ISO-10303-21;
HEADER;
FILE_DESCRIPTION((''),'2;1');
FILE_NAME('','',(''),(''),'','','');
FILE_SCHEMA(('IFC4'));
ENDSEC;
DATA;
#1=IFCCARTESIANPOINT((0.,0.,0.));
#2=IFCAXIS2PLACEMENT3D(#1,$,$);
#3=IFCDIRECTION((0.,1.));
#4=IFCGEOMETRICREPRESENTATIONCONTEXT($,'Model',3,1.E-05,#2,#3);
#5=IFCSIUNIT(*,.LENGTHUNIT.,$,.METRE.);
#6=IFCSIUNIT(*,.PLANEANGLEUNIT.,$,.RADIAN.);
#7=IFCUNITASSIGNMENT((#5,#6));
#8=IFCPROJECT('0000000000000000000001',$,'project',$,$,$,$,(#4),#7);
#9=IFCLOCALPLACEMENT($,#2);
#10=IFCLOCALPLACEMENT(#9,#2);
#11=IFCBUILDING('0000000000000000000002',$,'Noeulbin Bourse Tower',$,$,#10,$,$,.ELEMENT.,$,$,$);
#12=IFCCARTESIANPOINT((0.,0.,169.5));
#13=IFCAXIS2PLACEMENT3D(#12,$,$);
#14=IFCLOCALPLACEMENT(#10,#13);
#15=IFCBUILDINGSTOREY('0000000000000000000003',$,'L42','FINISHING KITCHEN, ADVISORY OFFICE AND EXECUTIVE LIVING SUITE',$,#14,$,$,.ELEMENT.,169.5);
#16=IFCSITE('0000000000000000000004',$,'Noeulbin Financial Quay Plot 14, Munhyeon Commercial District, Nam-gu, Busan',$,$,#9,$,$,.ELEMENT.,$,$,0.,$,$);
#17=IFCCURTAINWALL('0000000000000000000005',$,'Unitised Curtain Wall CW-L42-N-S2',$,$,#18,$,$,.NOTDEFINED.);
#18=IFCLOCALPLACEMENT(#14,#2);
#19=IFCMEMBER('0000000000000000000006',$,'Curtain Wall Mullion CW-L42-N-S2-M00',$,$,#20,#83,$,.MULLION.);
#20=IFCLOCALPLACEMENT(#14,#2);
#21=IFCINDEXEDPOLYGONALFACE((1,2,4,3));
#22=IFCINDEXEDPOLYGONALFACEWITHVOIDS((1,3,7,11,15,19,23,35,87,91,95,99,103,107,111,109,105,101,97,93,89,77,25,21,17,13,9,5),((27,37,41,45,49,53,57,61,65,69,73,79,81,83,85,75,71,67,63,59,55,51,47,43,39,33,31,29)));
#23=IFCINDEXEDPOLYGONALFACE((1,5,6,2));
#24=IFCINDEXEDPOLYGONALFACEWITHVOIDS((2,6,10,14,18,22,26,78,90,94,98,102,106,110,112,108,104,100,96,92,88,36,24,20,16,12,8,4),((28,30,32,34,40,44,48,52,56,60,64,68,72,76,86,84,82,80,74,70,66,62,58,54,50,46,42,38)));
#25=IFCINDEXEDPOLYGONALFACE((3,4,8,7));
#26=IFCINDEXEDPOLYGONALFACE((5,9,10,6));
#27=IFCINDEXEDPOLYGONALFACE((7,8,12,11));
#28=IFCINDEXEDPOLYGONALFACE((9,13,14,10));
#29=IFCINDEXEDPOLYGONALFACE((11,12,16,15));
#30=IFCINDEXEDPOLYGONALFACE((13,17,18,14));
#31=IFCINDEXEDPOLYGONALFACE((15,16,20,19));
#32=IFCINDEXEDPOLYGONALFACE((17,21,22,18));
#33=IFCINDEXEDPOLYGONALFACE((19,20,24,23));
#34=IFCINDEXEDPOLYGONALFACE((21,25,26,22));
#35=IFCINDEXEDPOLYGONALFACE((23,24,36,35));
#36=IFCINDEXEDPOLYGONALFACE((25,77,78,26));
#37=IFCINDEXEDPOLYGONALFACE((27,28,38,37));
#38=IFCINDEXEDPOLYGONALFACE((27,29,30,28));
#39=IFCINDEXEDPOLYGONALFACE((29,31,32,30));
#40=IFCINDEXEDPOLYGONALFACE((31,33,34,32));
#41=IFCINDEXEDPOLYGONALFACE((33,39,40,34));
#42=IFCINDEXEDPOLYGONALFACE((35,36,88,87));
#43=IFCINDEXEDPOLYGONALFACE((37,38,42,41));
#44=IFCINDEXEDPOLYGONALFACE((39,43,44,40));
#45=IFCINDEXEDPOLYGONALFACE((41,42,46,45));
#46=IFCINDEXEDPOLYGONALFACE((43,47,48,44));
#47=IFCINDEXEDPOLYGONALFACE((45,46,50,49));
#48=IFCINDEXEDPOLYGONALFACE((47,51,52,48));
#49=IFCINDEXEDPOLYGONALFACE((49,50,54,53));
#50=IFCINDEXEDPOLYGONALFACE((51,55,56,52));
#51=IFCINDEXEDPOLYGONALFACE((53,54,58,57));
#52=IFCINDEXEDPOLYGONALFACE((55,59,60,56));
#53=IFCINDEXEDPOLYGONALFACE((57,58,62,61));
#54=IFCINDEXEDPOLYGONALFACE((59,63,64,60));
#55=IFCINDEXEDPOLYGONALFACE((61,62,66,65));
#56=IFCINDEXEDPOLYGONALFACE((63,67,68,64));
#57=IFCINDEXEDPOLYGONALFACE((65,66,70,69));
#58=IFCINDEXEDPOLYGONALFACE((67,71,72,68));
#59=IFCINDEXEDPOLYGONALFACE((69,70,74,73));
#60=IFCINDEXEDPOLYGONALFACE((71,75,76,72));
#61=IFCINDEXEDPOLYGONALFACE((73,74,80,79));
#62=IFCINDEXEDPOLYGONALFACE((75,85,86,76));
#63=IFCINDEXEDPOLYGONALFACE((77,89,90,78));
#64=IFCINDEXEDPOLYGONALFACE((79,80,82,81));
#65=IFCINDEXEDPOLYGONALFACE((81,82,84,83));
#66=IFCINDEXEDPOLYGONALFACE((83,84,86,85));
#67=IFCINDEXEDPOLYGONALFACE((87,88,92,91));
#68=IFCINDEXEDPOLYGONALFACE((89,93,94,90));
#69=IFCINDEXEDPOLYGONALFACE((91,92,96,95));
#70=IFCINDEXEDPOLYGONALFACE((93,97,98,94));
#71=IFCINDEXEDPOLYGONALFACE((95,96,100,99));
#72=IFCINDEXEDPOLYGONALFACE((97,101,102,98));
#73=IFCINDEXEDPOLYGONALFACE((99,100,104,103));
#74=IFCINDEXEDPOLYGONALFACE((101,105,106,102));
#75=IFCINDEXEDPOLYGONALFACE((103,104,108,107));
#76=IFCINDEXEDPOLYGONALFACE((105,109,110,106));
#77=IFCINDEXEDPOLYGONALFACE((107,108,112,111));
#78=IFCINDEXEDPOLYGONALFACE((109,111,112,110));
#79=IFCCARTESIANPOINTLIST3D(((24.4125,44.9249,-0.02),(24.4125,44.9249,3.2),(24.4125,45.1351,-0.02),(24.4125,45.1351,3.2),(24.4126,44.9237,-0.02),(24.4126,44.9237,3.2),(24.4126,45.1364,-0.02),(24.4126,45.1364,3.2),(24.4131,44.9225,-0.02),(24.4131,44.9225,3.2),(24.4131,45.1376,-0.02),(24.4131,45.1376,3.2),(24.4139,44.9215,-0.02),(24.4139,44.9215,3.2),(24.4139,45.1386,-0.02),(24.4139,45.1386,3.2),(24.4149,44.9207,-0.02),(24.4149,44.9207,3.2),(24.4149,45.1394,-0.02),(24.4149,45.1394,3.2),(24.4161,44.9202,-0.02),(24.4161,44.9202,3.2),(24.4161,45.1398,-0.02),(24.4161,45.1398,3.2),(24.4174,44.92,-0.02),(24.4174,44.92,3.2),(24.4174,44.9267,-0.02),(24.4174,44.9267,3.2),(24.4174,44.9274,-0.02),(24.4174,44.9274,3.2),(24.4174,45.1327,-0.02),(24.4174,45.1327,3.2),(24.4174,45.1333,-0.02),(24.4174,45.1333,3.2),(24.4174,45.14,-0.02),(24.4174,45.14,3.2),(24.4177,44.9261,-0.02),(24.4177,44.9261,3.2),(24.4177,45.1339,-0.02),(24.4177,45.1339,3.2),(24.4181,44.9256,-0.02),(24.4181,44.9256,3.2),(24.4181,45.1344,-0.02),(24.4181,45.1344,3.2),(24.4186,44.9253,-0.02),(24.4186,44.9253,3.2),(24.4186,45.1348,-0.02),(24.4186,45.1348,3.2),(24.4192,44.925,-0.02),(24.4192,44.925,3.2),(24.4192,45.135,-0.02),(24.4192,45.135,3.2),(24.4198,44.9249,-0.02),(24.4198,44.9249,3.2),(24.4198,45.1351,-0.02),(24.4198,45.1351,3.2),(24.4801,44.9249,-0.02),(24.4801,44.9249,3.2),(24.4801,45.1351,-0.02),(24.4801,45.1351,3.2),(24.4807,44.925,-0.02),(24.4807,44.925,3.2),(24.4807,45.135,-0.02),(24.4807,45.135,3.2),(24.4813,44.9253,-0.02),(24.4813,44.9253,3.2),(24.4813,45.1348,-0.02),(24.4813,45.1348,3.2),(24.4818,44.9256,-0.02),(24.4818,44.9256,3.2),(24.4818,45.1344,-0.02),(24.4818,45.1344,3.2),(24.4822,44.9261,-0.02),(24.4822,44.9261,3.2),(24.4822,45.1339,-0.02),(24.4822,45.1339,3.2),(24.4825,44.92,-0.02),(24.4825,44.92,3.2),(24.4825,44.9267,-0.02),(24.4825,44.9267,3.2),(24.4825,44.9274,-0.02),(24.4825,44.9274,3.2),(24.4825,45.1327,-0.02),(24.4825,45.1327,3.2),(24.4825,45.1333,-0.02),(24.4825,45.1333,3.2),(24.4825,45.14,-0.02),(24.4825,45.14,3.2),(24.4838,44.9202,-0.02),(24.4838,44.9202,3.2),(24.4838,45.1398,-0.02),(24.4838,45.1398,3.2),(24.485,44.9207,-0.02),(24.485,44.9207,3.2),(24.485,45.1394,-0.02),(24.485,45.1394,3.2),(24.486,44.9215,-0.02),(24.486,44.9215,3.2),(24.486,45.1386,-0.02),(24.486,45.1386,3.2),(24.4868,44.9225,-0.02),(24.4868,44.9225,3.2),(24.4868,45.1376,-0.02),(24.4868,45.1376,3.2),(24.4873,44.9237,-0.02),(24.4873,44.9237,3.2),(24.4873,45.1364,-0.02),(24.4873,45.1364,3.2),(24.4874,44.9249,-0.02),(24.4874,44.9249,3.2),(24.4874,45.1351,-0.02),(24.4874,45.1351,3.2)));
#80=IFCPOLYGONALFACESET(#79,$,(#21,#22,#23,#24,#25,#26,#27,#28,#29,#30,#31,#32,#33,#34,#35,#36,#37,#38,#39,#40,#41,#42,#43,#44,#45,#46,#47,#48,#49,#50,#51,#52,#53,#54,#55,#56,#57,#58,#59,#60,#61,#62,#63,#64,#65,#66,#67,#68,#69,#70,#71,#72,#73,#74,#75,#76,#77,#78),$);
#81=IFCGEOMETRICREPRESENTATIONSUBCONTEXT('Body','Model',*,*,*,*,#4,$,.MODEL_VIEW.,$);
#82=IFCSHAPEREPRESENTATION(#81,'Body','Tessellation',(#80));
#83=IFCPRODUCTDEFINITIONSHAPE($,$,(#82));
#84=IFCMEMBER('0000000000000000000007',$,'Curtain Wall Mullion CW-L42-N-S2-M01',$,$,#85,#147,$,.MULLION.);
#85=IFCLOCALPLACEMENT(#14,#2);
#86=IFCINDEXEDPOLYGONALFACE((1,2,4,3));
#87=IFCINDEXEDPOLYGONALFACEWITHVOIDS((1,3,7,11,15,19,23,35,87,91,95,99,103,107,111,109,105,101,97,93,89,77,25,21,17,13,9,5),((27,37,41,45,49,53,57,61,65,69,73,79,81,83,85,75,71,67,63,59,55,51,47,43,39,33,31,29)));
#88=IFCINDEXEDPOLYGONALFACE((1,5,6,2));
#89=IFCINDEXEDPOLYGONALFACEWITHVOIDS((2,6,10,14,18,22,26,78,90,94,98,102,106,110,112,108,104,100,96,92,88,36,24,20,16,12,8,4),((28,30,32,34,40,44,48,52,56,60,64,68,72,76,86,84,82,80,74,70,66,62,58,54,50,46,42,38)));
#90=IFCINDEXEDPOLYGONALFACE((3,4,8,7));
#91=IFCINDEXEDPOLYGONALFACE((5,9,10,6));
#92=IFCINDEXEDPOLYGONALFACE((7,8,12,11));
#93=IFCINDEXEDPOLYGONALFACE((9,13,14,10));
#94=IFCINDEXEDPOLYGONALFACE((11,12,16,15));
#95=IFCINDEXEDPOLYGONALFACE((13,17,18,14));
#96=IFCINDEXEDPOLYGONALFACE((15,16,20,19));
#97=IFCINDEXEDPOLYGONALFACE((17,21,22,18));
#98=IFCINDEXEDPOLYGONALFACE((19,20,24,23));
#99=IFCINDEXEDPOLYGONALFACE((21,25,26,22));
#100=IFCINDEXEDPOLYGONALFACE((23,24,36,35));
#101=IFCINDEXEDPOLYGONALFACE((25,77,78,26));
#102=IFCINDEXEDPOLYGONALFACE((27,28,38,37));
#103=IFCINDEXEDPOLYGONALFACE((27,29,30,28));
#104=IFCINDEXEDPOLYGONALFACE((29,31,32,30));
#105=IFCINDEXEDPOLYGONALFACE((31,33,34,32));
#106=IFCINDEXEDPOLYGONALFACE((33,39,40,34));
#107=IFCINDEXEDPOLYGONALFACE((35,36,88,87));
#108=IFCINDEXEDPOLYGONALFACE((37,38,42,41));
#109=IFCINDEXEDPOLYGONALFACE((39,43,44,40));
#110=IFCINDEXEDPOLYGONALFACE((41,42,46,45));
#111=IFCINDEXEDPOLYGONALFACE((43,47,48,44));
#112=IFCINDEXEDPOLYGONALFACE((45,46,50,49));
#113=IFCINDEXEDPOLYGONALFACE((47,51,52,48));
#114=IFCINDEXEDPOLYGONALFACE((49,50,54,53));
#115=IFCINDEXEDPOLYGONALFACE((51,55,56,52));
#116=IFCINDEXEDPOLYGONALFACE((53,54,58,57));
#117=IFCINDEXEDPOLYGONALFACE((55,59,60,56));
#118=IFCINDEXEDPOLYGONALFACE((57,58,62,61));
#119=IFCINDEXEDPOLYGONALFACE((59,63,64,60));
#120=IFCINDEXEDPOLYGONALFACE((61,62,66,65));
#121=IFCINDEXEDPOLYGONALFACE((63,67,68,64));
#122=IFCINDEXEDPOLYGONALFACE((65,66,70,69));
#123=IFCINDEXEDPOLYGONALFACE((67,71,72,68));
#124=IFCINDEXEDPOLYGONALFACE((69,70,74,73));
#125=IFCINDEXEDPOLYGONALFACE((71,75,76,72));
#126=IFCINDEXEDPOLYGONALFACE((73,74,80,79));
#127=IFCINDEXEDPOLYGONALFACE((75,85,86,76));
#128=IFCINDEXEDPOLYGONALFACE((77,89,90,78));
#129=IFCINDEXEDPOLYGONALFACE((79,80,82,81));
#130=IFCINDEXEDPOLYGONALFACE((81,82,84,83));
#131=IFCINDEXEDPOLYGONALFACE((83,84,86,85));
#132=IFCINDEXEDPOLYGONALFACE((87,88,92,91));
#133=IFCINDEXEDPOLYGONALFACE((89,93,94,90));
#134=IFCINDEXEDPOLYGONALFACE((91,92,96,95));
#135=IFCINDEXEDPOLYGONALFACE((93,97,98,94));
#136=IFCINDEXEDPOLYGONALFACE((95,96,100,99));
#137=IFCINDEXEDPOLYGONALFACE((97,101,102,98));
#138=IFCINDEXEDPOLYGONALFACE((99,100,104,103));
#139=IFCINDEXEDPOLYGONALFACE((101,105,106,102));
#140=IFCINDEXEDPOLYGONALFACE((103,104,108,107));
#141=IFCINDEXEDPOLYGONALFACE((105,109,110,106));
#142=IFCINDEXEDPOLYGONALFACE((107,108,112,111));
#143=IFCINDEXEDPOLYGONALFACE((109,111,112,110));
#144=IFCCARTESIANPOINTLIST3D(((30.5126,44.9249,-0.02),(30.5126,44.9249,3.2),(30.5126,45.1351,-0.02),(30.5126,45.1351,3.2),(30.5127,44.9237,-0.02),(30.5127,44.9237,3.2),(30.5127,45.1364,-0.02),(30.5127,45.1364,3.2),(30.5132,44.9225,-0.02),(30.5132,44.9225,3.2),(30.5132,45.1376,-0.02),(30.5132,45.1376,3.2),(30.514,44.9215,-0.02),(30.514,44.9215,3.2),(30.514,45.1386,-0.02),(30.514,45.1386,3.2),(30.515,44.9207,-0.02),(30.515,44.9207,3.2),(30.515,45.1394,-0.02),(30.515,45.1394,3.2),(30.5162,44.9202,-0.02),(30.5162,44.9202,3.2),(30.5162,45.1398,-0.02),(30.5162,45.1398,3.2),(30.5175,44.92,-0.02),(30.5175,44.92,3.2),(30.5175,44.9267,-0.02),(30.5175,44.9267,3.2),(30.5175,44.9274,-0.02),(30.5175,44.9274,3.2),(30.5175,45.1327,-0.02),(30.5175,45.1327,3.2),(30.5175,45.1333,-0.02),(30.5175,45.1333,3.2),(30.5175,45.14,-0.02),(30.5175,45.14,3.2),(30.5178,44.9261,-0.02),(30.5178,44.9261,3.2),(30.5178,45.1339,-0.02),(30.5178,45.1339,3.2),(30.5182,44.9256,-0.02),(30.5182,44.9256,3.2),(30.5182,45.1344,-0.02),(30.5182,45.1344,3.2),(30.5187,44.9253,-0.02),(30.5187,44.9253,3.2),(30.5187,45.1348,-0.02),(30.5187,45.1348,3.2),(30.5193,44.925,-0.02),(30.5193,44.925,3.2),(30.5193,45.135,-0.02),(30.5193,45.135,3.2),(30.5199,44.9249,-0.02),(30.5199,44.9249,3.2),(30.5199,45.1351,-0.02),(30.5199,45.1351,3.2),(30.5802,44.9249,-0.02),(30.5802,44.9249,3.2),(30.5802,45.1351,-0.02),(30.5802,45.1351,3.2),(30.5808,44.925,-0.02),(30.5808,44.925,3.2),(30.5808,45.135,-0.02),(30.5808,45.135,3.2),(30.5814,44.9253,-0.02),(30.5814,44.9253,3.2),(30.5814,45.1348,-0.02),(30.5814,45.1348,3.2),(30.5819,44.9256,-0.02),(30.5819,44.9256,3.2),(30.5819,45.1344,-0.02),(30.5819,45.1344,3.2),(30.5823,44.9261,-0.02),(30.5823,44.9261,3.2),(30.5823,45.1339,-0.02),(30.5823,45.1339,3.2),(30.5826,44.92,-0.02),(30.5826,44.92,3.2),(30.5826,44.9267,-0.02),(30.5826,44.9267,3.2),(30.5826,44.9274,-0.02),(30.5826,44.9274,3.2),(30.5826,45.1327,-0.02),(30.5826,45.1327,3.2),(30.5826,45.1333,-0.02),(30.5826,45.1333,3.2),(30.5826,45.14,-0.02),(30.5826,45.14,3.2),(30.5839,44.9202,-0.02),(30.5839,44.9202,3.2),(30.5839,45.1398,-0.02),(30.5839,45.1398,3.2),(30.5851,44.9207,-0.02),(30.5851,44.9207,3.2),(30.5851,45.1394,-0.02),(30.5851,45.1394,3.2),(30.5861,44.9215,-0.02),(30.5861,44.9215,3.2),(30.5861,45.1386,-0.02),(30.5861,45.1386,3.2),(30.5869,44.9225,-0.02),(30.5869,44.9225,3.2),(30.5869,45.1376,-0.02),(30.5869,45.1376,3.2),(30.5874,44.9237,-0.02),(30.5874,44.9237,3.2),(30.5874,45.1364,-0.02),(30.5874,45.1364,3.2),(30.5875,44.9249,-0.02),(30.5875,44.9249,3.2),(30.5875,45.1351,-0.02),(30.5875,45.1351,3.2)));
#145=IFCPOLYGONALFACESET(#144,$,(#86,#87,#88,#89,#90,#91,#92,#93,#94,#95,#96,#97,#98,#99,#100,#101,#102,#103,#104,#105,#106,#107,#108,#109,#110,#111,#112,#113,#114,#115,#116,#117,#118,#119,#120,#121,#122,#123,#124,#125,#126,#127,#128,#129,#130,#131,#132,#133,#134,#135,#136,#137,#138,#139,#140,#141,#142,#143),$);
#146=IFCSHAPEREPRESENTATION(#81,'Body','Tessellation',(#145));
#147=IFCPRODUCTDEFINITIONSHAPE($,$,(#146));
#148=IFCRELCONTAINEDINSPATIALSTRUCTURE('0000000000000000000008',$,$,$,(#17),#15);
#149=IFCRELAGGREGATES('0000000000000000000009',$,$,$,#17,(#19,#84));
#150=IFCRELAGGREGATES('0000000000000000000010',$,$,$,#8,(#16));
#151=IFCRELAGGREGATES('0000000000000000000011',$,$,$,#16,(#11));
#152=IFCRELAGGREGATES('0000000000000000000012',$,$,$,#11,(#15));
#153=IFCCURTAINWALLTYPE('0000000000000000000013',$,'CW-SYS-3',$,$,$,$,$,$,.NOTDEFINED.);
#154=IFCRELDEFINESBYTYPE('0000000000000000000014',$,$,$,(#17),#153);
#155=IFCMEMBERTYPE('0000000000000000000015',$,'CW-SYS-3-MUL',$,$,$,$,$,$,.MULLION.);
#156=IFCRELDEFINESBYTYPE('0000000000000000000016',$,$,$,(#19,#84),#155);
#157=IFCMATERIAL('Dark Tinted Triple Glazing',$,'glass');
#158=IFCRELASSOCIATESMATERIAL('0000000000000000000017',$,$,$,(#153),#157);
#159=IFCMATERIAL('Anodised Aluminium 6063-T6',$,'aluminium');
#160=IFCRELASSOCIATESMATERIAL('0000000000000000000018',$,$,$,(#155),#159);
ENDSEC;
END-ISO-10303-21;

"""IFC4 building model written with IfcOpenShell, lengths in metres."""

from ifc_helpers import new_model, si_unit, direction, frame, origin, origin_2d, place, context, subcontext, project, spatial, hollow_rectangle, extrude, material, material_profile, profile_set, type_object, element, aggregate, save


model = new_model("IFC4")

# Units and contexts
model_context = context("Model", 3, precision=1e-05, world=origin(), true_north=direction((0.0, 1.0)))
body_context = subcontext(model_context, "Body", "Model", "MODEL_VIEW")
ifc_project = project(units=[si_unit("LENGTHUNIT", "METRE"), si_unit("PLANEANGLEUNIT", "RADIAN")], contexts=[model_context])

# Site, building, storey
site_placement = place(None, origin())
site = spatial("IfcSite", under=ifc_project, at=site_placement, Name="Noeulbin Financial Quay Plot 14, Munhyeon Commercial District, Nam-gu, Busan", CompositionType="ELEMENT", RefElevation=0.0)
building_placement = place(site_placement, origin())
building = spatial("IfcBuilding", under=site, at=building_placement, Name="Noeulbin Bourse Tower", CompositionType="ELEMENT")
storey_placement = place(building_placement, frame((0.0, 0.0, 169.5)))
storey = spatial("IfcBuildingStorey", under=building, at=storey_placement, Name="L42", Description="FINISHING KITCHEN, ADVISORY OFFICE AND EXECUTIVE LIVING SUITE", CompositionType="ELEMENT", Elevation=169.5)

# Curtain wall, members
ifc_material_1 = material(Name="Dark Tinted Triple Glazing", Category="glass")
curtain_wall_type = type_object("IfcCurtainWallType", Name="CW-SYS-3", PredefinedType="NOTDEFINED", material=ifc_material_1)
ifc_material_2 = material(Name="Anodised Aluminium 6063-T6", Category="aluminium")
ifc_material_profile_1 = material_profile(ifc_material_2, hollow_rectangle(XDim=0.075, YDim=0.22, WallThickness=0.0049, InnerFilletRadius=0.0024, OuterFilletRadius=0.0049, at=origin_2d()), Name="ALU-MULL-75x220x5", Category="LoadBearing")
ifc_profile_set_1 = profile_set([ifc_material_profile_1], Name="Anodised Aluminium 6063-T6")
member_type_1 = type_object("IfcMemberType", Name="CW-SYS-3-MUL", PredefinedType="MULLION", material=ifc_profile_set_1)
curtain_wall_1_placement = place(storey_placement, origin())
curtain_wall_1 = element("IfcCurtainWall", 1, at=curtain_wall_1_placement, inside=storey, type_object=curtain_wall_type, Name="Unitised Curtain Wall CW-L42-N-S2", PredefinedType="NOTDEFINED")
member_1_placement = place(storey_placement, frame((24.45, 45.03, -0.02), z_axis=(0.0, 0.0, 1.0), x_axis=(1.0, 0.0, 0.0)))
member_1 = element("IfcMember", 2, at=member_1_placement, type_object=member_type_1, Name="Curtain Wall Mullion CW-L42-N-S2-M00", PredefinedType="MULLION", context=body_context, shape_type="SweptSolid", body=[
    extrude(hollow_rectangle(XDim=0.075, YDim=0.22, WallThickness=0.0049, InnerFilletRadius=0.0024, OuterFilletRadius=0.0049, at=origin_2d()), origin(), (0.0, 0.0, 1.0), 3.22),
])
member_2_placement = place(storey_placement, frame((30.55, 45.03, -0.02), z_axis=(0.0, 0.0, 1.0), x_axis=(1.0, 0.0, 0.0)))
member_2 = element("IfcMember", 3, at=member_2_placement, type_object=member_type_1, Name="Curtain Wall Mullion CW-L42-N-S2-M01", PredefinedType="MULLION", context=body_context, shape_type="SweptSolid", body=[
    extrude(hollow_rectangle(XDim=0.075, YDim=0.22, WallThickness=0.0049, InnerFilletRadius=0.0024, OuterFilletRadius=0.0049, at=origin_2d()), origin(), (0.0, 0.0, 1.0), 3.22),
])

aggregate(curtain_wall_1, [member_1, member_2])

save(model, "model.ifc")
